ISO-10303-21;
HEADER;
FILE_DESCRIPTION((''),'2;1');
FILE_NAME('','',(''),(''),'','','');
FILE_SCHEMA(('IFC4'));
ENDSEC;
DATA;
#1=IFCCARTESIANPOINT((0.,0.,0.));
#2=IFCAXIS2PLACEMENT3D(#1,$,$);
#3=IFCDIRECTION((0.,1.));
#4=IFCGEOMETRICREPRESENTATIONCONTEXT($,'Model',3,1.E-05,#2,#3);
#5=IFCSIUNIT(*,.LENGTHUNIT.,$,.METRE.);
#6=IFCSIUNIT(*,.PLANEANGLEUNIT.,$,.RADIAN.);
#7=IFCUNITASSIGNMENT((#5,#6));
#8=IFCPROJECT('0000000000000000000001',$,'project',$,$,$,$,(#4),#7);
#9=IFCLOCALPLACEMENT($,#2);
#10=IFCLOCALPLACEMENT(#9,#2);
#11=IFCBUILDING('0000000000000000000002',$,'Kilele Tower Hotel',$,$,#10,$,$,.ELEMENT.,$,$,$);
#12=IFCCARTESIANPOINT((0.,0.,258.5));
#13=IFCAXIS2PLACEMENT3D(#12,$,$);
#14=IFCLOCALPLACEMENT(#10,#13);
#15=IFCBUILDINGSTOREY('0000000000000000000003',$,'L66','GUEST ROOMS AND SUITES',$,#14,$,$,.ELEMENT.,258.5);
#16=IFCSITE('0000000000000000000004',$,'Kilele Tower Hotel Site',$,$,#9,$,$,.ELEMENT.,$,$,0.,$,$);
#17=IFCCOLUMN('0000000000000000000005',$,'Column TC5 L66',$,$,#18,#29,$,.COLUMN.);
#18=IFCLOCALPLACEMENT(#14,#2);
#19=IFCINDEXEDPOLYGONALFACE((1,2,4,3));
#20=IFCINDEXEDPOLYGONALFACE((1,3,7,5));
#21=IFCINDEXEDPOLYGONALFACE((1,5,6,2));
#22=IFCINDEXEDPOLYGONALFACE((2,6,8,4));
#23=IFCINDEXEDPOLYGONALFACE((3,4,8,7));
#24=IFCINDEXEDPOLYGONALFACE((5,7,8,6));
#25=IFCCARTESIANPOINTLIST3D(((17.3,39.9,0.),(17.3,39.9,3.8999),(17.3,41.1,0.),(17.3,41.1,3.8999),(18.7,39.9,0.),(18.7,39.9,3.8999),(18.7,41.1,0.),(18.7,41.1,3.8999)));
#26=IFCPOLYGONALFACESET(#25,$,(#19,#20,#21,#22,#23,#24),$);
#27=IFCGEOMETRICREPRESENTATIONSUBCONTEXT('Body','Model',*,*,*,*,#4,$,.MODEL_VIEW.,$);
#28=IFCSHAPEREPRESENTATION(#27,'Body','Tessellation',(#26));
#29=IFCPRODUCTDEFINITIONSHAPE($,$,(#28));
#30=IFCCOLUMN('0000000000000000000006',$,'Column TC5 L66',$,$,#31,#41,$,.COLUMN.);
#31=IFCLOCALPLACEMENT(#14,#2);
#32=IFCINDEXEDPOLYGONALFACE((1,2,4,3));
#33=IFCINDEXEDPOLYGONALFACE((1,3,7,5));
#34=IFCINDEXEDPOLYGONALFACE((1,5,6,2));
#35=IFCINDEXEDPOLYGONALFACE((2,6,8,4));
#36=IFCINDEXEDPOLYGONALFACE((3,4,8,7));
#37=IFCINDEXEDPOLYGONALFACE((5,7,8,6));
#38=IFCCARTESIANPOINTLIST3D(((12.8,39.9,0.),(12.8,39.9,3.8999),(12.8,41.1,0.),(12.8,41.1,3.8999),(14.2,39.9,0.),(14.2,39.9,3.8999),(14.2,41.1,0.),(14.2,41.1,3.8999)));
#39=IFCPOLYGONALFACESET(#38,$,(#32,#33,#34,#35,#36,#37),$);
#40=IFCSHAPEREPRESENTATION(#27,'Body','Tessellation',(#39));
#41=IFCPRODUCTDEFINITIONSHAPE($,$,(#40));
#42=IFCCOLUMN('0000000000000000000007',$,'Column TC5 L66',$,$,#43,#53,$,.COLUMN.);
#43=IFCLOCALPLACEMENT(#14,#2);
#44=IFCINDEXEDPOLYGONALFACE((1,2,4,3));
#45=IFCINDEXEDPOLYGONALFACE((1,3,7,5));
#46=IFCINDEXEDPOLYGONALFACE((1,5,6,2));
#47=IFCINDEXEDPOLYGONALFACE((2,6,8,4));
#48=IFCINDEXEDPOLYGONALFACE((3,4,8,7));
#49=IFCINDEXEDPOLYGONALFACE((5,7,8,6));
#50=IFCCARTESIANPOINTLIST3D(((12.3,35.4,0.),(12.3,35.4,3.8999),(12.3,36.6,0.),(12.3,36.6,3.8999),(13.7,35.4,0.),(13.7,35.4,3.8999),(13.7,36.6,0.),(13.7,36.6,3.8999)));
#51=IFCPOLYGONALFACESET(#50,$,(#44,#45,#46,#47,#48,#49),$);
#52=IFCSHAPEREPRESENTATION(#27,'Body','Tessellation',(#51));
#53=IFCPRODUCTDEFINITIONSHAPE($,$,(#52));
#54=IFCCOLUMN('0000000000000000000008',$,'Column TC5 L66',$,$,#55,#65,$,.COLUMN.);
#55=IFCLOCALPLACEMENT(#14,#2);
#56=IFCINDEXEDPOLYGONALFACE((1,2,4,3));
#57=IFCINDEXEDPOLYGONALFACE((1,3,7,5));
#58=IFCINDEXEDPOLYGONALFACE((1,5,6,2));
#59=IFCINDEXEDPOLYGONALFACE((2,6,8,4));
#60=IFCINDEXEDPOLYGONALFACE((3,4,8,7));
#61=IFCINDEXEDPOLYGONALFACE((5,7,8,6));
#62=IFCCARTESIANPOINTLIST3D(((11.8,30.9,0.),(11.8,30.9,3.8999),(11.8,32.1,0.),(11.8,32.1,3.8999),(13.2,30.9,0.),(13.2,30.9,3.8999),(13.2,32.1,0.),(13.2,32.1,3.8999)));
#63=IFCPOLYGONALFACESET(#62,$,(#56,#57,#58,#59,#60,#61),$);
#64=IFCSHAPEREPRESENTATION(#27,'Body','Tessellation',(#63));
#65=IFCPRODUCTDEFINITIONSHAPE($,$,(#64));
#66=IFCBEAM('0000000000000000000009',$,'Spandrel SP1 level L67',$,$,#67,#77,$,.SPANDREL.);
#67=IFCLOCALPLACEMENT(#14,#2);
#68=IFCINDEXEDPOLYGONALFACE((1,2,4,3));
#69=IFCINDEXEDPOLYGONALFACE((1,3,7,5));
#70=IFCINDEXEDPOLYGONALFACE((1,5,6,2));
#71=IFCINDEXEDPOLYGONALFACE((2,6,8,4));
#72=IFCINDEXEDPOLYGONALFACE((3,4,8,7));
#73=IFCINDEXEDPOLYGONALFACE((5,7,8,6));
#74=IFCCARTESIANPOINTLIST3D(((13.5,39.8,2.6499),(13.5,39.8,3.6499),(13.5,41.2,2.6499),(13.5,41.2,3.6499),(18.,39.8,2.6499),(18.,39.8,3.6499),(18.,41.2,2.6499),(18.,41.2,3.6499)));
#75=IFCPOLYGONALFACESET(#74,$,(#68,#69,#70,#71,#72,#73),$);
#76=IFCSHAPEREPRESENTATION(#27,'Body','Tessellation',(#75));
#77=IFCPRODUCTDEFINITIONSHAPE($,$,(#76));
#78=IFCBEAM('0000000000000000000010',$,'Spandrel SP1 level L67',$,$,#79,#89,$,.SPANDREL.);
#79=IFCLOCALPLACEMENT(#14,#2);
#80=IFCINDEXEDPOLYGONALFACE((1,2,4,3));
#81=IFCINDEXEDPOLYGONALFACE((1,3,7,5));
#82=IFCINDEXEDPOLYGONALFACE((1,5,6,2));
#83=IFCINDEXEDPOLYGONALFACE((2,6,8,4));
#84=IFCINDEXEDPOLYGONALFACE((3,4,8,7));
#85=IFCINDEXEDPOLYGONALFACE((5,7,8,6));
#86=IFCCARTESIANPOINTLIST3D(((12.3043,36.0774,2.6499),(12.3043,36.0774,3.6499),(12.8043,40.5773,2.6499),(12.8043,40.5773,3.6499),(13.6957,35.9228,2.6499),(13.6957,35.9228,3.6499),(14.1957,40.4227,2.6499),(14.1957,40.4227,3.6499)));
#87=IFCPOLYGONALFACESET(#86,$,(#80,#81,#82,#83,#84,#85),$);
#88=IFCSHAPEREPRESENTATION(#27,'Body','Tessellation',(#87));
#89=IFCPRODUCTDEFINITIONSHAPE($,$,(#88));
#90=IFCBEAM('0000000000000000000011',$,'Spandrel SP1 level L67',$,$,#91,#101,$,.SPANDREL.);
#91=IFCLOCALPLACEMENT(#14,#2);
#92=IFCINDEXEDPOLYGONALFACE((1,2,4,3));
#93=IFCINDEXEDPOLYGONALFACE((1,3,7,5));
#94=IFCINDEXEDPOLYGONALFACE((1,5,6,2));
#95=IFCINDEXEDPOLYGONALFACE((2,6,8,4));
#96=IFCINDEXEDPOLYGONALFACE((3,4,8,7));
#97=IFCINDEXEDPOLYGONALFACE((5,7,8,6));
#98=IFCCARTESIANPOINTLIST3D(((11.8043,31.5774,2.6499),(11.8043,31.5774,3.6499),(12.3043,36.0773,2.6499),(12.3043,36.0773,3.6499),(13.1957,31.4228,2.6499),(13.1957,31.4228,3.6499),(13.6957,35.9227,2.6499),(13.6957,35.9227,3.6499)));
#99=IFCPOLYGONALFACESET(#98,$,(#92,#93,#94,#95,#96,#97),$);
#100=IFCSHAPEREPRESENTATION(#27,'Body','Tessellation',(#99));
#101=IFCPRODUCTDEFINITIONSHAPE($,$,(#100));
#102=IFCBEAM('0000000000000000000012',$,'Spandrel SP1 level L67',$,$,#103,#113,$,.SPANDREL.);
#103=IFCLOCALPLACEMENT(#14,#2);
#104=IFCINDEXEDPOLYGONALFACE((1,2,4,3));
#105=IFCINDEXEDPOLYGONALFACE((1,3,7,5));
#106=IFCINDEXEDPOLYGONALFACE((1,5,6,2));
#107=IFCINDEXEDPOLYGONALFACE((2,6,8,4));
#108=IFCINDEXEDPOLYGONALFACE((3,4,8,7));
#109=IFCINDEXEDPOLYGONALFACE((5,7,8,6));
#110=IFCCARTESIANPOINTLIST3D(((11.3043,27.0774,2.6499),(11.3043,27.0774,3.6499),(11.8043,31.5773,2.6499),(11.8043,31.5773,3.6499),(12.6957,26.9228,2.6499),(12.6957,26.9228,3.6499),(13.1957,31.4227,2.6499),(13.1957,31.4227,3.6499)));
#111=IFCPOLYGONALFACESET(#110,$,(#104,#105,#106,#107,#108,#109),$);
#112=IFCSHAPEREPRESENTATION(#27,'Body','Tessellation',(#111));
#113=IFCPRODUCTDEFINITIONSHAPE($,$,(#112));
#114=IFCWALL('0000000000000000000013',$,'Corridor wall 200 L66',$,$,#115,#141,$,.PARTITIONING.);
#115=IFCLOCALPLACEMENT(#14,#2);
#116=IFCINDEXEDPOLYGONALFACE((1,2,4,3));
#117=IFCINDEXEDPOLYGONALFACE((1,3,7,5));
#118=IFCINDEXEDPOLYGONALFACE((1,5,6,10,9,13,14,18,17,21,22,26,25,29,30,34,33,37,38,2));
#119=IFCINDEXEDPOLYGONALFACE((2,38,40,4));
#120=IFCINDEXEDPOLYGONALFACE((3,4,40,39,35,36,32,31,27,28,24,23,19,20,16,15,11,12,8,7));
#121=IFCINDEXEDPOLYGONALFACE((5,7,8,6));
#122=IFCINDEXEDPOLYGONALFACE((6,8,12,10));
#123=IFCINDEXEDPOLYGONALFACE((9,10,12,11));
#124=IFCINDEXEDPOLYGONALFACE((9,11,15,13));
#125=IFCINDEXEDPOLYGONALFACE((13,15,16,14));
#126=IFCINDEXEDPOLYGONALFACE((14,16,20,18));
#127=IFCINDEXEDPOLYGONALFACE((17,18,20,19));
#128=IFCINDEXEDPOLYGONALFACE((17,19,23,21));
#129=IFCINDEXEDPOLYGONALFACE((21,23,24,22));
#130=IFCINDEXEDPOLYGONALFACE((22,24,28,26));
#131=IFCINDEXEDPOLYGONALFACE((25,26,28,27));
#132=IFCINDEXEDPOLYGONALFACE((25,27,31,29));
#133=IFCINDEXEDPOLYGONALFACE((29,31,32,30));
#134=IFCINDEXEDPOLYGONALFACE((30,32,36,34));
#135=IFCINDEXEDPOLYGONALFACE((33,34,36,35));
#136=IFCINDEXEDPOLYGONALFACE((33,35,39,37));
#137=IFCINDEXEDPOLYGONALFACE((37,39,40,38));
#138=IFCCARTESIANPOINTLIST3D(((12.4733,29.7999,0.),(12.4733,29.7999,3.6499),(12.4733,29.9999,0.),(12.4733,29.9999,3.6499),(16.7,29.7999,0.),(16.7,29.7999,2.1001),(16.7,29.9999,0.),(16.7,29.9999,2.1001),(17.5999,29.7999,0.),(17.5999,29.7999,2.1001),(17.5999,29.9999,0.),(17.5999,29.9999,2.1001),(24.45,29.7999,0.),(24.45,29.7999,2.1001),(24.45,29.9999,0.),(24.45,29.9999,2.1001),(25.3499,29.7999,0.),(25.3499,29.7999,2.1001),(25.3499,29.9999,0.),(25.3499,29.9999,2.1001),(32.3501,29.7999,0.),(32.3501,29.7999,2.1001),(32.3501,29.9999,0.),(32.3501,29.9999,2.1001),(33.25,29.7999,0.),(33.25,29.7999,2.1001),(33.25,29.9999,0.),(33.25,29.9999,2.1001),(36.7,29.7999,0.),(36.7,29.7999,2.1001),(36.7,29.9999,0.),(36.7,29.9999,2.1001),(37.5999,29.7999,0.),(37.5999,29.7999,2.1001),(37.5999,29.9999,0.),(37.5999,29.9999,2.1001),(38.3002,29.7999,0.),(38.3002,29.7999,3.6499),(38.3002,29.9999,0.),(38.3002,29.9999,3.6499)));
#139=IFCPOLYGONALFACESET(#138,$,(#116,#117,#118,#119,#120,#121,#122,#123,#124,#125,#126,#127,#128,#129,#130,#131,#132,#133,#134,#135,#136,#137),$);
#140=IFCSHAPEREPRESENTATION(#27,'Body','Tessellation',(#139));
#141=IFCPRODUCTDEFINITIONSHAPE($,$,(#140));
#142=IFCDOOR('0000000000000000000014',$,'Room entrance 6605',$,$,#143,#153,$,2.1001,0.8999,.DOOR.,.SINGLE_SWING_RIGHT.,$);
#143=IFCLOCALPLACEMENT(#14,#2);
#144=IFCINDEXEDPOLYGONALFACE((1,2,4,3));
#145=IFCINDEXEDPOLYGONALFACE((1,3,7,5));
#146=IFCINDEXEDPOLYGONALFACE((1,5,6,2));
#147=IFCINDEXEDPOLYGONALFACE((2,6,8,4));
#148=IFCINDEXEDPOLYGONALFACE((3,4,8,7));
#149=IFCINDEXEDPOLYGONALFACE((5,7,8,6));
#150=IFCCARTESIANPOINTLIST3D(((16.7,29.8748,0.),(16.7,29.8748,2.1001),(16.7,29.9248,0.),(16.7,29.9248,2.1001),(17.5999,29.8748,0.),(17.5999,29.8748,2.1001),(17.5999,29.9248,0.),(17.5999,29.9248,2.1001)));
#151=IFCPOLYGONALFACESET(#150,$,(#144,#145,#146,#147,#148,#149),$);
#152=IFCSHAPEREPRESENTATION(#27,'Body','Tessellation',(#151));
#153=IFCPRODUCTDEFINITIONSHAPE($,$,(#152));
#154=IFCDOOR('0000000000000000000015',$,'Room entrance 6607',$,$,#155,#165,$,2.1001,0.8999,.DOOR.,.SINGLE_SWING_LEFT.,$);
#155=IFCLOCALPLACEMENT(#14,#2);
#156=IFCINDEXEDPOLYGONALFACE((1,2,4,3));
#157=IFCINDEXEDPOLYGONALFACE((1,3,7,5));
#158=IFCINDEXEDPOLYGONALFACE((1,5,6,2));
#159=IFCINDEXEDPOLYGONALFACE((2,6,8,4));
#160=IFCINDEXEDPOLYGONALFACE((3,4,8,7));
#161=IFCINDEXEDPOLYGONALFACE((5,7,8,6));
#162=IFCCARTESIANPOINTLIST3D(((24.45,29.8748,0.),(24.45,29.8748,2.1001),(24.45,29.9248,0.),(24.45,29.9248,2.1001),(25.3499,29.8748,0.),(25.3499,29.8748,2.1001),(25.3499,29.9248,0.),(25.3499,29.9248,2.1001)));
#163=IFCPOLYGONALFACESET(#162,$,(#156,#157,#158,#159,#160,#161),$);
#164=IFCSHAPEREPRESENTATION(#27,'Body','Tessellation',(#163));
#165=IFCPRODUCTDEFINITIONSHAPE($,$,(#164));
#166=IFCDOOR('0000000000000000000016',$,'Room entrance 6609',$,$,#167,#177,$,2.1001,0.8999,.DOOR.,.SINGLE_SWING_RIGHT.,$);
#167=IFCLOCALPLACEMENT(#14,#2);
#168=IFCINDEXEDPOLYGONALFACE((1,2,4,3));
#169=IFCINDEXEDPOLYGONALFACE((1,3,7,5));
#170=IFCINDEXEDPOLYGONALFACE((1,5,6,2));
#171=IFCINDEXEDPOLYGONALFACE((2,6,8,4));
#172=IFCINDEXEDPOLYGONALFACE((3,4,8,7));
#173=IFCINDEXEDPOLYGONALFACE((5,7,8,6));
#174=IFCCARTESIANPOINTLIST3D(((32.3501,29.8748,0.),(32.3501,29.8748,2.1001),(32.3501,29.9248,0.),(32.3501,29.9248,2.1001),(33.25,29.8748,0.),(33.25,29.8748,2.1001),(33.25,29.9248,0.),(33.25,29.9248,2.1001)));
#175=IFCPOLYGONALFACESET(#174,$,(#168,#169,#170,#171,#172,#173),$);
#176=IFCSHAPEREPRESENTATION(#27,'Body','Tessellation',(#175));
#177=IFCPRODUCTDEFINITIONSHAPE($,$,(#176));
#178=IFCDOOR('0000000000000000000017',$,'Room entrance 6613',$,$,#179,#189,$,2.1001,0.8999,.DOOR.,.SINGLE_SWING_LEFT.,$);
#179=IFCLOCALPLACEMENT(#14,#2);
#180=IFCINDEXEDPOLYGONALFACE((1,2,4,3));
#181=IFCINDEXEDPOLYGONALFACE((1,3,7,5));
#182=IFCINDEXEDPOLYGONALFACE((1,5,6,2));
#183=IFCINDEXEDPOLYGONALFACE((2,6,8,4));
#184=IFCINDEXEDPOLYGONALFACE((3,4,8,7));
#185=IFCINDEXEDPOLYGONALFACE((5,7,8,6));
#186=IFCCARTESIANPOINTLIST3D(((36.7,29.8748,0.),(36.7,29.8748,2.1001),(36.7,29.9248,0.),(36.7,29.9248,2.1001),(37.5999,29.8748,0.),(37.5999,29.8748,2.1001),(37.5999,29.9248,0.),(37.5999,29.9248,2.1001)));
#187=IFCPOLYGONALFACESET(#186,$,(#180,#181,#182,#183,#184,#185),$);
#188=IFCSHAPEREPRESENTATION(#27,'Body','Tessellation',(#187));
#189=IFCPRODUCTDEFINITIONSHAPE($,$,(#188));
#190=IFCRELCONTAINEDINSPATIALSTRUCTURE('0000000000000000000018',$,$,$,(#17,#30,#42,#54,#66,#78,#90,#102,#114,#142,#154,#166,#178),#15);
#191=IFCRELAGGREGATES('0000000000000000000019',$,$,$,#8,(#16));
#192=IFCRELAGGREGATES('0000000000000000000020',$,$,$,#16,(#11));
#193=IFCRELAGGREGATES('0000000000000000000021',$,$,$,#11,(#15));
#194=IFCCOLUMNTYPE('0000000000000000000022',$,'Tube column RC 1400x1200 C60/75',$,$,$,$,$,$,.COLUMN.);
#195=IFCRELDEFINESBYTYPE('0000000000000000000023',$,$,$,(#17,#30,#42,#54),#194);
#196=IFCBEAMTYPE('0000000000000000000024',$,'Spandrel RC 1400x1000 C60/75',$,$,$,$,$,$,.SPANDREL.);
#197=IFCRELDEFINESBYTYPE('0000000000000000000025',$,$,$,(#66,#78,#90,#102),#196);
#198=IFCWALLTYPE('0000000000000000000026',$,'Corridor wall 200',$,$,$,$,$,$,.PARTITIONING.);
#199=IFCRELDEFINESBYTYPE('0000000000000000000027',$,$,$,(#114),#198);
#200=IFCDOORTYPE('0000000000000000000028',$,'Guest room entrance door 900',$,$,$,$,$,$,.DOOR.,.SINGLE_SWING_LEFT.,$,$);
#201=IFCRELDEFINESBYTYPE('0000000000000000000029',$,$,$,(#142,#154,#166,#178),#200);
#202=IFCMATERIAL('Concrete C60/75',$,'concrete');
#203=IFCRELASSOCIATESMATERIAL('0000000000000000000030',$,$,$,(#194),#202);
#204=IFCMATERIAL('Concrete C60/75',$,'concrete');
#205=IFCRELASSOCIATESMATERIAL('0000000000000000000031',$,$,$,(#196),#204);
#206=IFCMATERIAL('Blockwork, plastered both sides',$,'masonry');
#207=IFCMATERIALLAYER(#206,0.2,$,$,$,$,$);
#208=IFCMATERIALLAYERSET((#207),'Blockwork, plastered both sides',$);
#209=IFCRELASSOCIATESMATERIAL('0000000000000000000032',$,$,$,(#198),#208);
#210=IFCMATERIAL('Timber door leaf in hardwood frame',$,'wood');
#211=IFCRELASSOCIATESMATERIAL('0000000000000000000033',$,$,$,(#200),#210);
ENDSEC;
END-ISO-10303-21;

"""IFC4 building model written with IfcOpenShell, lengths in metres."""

from ifc_helpers import new_model, si_unit, direction, frame, frame_2d, origin, origin_2d, place, context, subcontext, project, spatial, rectangle, extrude, material, layer, layer_set, material_profile, profile_set, type_object, element, fill, save


model = new_model("IFC4")

# Units and contexts
model_context = context("Model", 3, precision=1e-05, world=origin(), true_north=direction((0.0, 1.0)))
body_context = subcontext(model_context, "Body", "Model", "MODEL_VIEW")
ifc_project = project(units=[si_unit("LENGTHUNIT", "METRE"), si_unit("PLANEANGLEUNIT", "RADIAN")], contexts=[model_context])

# Site, building, storey
site_placement = place(None, origin())
site = spatial("IfcSite", under=ifc_project, at=site_placement, Name="Kilele Tower Hotel Site", CompositionType="ELEMENT", RefElevation=0.0)
building_placement = place(site_placement, origin())
building = spatial("IfcBuilding", under=site, at=building_placement, Name="Kilele Tower Hotel", CompositionType="ELEMENT")
storey_placement = place(building_placement, frame((0.0, 0.0, 258.5)))
storey = spatial("IfcBuildingStorey", under=building, at=storey_placement, Name="L66", Description="GUEST ROOMS AND SUITES", CompositionType="ELEMENT", Elevation=258.5)

# Columns
ifc_material_1 = material(Name="Concrete C60/75", Category="concrete")
ifc_material_profile_1 = material_profile(ifc_material_1, rectangle(XDim=1.3999, YDim=1.2, at=origin_2d()))
ifc_profile_set_1 = profile_set([ifc_material_profile_1], Name="Concrete C60/75")
column_type = type_object("IfcColumnType", Name="Tube column RC 1400x1200 C60/75", PredefinedType="COLUMN", material=ifc_profile_set_1)
for number, where, z_axis, x_axis, name in (
    (1, (18.0, 40.5, 0.0), (0.0, 0.0, 1.0), (1.0, 0.0, 0.0), "Column TC5 L66"),
    (2, (13.5, 40.5, 0.0), (0.0, 0.0, 1.0), (1.0, 0.0, 0.0), "Column TC5 L66"),
    (3, (13.0, 36.0, 0.0), (0.0, 0.0, 1.0), (1.0, 0.0, 0.0), "Column TC5 L66"),
    (4, (12.5, 31.5, 0.0), (0.0, 0.0, 1.0), (1.0, 0.0, 0.0), "Column TC5 L66"),
):
    element("IfcColumn", number, at=place(storey_placement, frame(where, z_axis=z_axis, x_axis=x_axis)), inside=storey, type_object=column_type, Name=name, PredefinedType="COLUMN", context=body_context, shape_type="SweptSolid", body=[
        extrude(rectangle(XDim=1.3999, YDim=1.2, at=origin_2d()), origin(), (0.0, 0.0, 1.0), 3.8999),
    ])

# Beams
ifc_material_2 = material(Name="Concrete C60/75", Category="concrete")
ifc_material_profile_2 = material_profile(ifc_material_2, rectangle(XDim=1.3999, YDim=1.0, at=origin_2d()))
ifc_profile_set_2 = profile_set([ifc_material_profile_2], Name="Concrete C60/75")
beam_type = type_object("IfcBeamType", Name="Spandrel RC 1400x1000 C60/75", PredefinedType="SPANDREL", material=ifc_profile_set_2)
beam_placement = place(storey_placement, frame((18.0, 40.5, 3.1499), z_axis=(-1.0, 0.0, 0.0), x_axis=(0.0, -1.0, 0.0)))
element("IfcBeam", 5, at=beam_placement, inside=storey, type_object=beam_type, Name="Spandrel SP1 level L67", PredefinedType="SPANDREL", context=body_context, shape_type="SweptSolid", body=[
    extrude(rectangle(XDim=1.3999, YDim=1.0, at=origin_2d()), origin(), (0.0, 0.0, 1.0), 4.5),
])
for number, where, z_axis, x_axis, name in (
    (6, (13.5, 40.5, 3.1499), (-0.110432, -0.993884, 0.0), (0.993884, -0.110432, 0.0), "Spandrel SP1 level L67"),
    (7, (13.0, 36.0, 3.1499), (-0.110432, -0.993884, 0.0), (0.993884, -0.110432, 0.0), "Spandrel SP1 level L67"),
    (8, (12.5, 31.5, 3.1499), (-0.110432, -0.993884, 0.0), (0.993884, -0.110432, 0.0), "Spandrel SP1 level L67"),
):
    element("IfcBeam", number, at=place(storey_placement, frame(where, z_axis=z_axis, x_axis=x_axis)), inside=storey, type_object=beam_type, Name=name, PredefinedType="SPANDREL", context=body_context, shape_type="SweptSolid", body=[
        extrude(rectangle(XDim=1.3999, YDim=1.0, at=origin_2d()), origin(), (0.0, 0.0, 1.0), 4.5276),
    ])

# Wall, openings, doors
ifc_material_3 = material(Name="Blockwork, plastered both sides", Category="masonry")
ifc_layer_1 = layer(ifc_material_3, 0.2)
ifc_layer_set_1 = layer_set([ifc_layer_1], Name="Blockwork, plastered both sides")
wall_type_1 = type_object("IfcWallType", Name="Corridor wall 200", PredefinedType="PARTITIONING", material=ifc_layer_set_1)
wall_1_placement = place(storey_placement, frame((12.4731, 29.8999, 0.0), z_axis=(0.0, 0.0, 1.0), x_axis=(1.0, 0.0, 0.0)))
wall_1 = element("IfcWall", 9, at=wall_1_placement, inside=storey, type_object=wall_type_1, Name="Corridor wall 200 L66", PredefinedType="PARTITIONING", context=body_context, shape_type="SweptSolid", body=[
    extrude(rectangle(XDim=25.8269, YDim=0.2, at=frame_2d((12.9136, 0.0))), origin(), (0.0, 0.0, 1.0), 3.6499),
])
opening_1_placement = place(wall_1_placement, frame((4.2268, 0.0, 0.0)))
opening_1 = element("IfcOpeningElement", 10, at=opening_1_placement, cuts=wall_1, PredefinedType="OPENING", context=body_context, shape_type="SweptSolid", body=[
    extrude(rectangle(XDim=0.8999, YDim=2.1001, at=frame_2d((0.45, 1.05))), frame((0.0, 0.1099, 0.0), z_axis=(0.0, -1.0, 0.0), x_axis=(1.0, 0.0, 0.0)), (0.0, 0.0, 1.0), 0.22),
])
opening_2_placement = place(wall_1_placement, frame((11.9768, 0.0, 0.0)))
opening_2 = element("IfcOpeningElement", 11, at=opening_2_placement, cuts=wall_1, PredefinedType="OPENING", context=body_context, shape_type="SweptSolid", body=[
    extrude(rectangle(XDim=0.8999, YDim=2.1001, at=frame_2d((0.45, 1.05))), frame((0.0, 0.1099, 0.0), z_axis=(0.0, -1.0, 0.0), x_axis=(1.0, 0.0, 0.0)), (0.0, 0.0, 1.0), 0.22),
])
opening_3_placement = place(wall_1_placement, frame((19.877, 0.0, 0.0)))
opening_3 = element("IfcOpeningElement", 12, at=opening_3_placement, cuts=wall_1, PredefinedType="OPENING", context=body_context, shape_type="SweptSolid", body=[
    extrude(rectangle(XDim=0.8999, YDim=2.1001, at=frame_2d((0.45, 1.05))), frame((0.0, 0.1099, 0.0), z_axis=(0.0, -1.0, 0.0), x_axis=(1.0, 0.0, 0.0)), (0.0, 0.0, 1.0), 0.22),
])
opening_4_placement = place(wall_1_placement, frame((24.2268, 0.0, 0.0)))
opening_4 = element("IfcOpeningElement", 13, at=opening_4_placement, cuts=wall_1, PredefinedType="OPENING", context=body_context, shape_type="SweptSolid", body=[
    extrude(rectangle(XDim=0.8999, YDim=2.1001, at=frame_2d((0.45, 1.05))), frame((0.0, 0.1099, 0.0), z_axis=(0.0, -1.0, 0.0), x_axis=(1.0, 0.0, 0.0)), (0.0, 0.0, 1.0), 0.22),
])
ifc_material_4 = material(Name="Timber door leaf in hardwood frame", Category="wood")
door_type = type_object("IfcDoorType", Name="Guest room entrance door 900", OperationType="SINGLE_SWING_LEFT", PredefinedType="DOOR", material=ifc_material_4)
door_1_placement = place(opening_1_placement, origin())
door_1 = element("IfcDoor", 14, at=door_1_placement, inside=storey, type_object=door_type, Name="Room entrance 6605", OperationType="SINGLE_SWING_RIGHT", OverallHeight=2.1001, OverallWidth=0.8999, PredefinedType="DOOR", context=body_context, shape_type="SweptSolid", body=[
    extrude(rectangle(XDim=0.8999, YDim=2.1001, at=frame_2d((0.45, 1.05))), frame((0.0, 0.0249, 0.0), z_axis=(0.0, -1.0, 0.0), x_axis=(1.0, 0.0, 0.0)), (0.0, 0.0, 1.0), 0.05),
])
fill(opening_1, door_1)
door_2_placement = place(opening_2_placement, origin())
door_2 = element("IfcDoor", 15, at=door_2_placement, inside=storey, type_object=door_type, Name="Room entrance 6607", OperationType="SINGLE_SWING_LEFT", OverallHeight=2.1001, OverallWidth=0.8999, PredefinedType="DOOR", context=body_context, shape_type="SweptSolid", body=[
    extrude(rectangle(XDim=0.8999, YDim=2.1001, at=frame_2d((0.45, 1.05))), frame((0.0, 0.0249, 0.0), z_axis=(0.0, -1.0, 0.0), x_axis=(1.0, 0.0, 0.0)), (0.0, 0.0, 1.0), 0.05),
])
fill(opening_2, door_2)
door_3_placement = place(opening_3_placement, origin())
door_3 = element("IfcDoor", 16, at=door_3_placement, inside=storey, type_object=door_type, Name="Room entrance 6609", OperationType="SINGLE_SWING_RIGHT", OverallHeight=2.1001, OverallWidth=0.8999, PredefinedType="DOOR", context=body_context, shape_type="SweptSolid", body=[
    extrude(rectangle(XDim=0.8999, YDim=2.1001, at=frame_2d((0.45, 1.05))), frame((0.0, 0.0249, 0.0), z_axis=(0.0, -1.0, 0.0), x_axis=(1.0, 0.0, 0.0)), (0.0, 0.0, 1.0), 0.05),
])
fill(opening_3, door_3)
door_4_placement = place(opening_4_placement, origin())
door_4 = element("IfcDoor", 17, at=door_4_placement, inside=storey, type_object=door_type, Name="Room entrance 6613", OperationType="SINGLE_SWING_LEFT", OverallHeight=2.1001, OverallWidth=0.8999, PredefinedType="DOOR", context=body_context, shape_type="SweptSolid", body=[
    extrude(rectangle(XDim=0.8999, YDim=2.1001, at=frame_2d((0.45, 1.05))), frame((0.0, 0.0249, 0.0), z_axis=(0.0, -1.0, 0.0), x_axis=(1.0, 0.0, 0.0)), (0.0, 0.0, 1.0), 0.05),
])
fill(opening_4, door_4)

save(model, "model.ifc")
